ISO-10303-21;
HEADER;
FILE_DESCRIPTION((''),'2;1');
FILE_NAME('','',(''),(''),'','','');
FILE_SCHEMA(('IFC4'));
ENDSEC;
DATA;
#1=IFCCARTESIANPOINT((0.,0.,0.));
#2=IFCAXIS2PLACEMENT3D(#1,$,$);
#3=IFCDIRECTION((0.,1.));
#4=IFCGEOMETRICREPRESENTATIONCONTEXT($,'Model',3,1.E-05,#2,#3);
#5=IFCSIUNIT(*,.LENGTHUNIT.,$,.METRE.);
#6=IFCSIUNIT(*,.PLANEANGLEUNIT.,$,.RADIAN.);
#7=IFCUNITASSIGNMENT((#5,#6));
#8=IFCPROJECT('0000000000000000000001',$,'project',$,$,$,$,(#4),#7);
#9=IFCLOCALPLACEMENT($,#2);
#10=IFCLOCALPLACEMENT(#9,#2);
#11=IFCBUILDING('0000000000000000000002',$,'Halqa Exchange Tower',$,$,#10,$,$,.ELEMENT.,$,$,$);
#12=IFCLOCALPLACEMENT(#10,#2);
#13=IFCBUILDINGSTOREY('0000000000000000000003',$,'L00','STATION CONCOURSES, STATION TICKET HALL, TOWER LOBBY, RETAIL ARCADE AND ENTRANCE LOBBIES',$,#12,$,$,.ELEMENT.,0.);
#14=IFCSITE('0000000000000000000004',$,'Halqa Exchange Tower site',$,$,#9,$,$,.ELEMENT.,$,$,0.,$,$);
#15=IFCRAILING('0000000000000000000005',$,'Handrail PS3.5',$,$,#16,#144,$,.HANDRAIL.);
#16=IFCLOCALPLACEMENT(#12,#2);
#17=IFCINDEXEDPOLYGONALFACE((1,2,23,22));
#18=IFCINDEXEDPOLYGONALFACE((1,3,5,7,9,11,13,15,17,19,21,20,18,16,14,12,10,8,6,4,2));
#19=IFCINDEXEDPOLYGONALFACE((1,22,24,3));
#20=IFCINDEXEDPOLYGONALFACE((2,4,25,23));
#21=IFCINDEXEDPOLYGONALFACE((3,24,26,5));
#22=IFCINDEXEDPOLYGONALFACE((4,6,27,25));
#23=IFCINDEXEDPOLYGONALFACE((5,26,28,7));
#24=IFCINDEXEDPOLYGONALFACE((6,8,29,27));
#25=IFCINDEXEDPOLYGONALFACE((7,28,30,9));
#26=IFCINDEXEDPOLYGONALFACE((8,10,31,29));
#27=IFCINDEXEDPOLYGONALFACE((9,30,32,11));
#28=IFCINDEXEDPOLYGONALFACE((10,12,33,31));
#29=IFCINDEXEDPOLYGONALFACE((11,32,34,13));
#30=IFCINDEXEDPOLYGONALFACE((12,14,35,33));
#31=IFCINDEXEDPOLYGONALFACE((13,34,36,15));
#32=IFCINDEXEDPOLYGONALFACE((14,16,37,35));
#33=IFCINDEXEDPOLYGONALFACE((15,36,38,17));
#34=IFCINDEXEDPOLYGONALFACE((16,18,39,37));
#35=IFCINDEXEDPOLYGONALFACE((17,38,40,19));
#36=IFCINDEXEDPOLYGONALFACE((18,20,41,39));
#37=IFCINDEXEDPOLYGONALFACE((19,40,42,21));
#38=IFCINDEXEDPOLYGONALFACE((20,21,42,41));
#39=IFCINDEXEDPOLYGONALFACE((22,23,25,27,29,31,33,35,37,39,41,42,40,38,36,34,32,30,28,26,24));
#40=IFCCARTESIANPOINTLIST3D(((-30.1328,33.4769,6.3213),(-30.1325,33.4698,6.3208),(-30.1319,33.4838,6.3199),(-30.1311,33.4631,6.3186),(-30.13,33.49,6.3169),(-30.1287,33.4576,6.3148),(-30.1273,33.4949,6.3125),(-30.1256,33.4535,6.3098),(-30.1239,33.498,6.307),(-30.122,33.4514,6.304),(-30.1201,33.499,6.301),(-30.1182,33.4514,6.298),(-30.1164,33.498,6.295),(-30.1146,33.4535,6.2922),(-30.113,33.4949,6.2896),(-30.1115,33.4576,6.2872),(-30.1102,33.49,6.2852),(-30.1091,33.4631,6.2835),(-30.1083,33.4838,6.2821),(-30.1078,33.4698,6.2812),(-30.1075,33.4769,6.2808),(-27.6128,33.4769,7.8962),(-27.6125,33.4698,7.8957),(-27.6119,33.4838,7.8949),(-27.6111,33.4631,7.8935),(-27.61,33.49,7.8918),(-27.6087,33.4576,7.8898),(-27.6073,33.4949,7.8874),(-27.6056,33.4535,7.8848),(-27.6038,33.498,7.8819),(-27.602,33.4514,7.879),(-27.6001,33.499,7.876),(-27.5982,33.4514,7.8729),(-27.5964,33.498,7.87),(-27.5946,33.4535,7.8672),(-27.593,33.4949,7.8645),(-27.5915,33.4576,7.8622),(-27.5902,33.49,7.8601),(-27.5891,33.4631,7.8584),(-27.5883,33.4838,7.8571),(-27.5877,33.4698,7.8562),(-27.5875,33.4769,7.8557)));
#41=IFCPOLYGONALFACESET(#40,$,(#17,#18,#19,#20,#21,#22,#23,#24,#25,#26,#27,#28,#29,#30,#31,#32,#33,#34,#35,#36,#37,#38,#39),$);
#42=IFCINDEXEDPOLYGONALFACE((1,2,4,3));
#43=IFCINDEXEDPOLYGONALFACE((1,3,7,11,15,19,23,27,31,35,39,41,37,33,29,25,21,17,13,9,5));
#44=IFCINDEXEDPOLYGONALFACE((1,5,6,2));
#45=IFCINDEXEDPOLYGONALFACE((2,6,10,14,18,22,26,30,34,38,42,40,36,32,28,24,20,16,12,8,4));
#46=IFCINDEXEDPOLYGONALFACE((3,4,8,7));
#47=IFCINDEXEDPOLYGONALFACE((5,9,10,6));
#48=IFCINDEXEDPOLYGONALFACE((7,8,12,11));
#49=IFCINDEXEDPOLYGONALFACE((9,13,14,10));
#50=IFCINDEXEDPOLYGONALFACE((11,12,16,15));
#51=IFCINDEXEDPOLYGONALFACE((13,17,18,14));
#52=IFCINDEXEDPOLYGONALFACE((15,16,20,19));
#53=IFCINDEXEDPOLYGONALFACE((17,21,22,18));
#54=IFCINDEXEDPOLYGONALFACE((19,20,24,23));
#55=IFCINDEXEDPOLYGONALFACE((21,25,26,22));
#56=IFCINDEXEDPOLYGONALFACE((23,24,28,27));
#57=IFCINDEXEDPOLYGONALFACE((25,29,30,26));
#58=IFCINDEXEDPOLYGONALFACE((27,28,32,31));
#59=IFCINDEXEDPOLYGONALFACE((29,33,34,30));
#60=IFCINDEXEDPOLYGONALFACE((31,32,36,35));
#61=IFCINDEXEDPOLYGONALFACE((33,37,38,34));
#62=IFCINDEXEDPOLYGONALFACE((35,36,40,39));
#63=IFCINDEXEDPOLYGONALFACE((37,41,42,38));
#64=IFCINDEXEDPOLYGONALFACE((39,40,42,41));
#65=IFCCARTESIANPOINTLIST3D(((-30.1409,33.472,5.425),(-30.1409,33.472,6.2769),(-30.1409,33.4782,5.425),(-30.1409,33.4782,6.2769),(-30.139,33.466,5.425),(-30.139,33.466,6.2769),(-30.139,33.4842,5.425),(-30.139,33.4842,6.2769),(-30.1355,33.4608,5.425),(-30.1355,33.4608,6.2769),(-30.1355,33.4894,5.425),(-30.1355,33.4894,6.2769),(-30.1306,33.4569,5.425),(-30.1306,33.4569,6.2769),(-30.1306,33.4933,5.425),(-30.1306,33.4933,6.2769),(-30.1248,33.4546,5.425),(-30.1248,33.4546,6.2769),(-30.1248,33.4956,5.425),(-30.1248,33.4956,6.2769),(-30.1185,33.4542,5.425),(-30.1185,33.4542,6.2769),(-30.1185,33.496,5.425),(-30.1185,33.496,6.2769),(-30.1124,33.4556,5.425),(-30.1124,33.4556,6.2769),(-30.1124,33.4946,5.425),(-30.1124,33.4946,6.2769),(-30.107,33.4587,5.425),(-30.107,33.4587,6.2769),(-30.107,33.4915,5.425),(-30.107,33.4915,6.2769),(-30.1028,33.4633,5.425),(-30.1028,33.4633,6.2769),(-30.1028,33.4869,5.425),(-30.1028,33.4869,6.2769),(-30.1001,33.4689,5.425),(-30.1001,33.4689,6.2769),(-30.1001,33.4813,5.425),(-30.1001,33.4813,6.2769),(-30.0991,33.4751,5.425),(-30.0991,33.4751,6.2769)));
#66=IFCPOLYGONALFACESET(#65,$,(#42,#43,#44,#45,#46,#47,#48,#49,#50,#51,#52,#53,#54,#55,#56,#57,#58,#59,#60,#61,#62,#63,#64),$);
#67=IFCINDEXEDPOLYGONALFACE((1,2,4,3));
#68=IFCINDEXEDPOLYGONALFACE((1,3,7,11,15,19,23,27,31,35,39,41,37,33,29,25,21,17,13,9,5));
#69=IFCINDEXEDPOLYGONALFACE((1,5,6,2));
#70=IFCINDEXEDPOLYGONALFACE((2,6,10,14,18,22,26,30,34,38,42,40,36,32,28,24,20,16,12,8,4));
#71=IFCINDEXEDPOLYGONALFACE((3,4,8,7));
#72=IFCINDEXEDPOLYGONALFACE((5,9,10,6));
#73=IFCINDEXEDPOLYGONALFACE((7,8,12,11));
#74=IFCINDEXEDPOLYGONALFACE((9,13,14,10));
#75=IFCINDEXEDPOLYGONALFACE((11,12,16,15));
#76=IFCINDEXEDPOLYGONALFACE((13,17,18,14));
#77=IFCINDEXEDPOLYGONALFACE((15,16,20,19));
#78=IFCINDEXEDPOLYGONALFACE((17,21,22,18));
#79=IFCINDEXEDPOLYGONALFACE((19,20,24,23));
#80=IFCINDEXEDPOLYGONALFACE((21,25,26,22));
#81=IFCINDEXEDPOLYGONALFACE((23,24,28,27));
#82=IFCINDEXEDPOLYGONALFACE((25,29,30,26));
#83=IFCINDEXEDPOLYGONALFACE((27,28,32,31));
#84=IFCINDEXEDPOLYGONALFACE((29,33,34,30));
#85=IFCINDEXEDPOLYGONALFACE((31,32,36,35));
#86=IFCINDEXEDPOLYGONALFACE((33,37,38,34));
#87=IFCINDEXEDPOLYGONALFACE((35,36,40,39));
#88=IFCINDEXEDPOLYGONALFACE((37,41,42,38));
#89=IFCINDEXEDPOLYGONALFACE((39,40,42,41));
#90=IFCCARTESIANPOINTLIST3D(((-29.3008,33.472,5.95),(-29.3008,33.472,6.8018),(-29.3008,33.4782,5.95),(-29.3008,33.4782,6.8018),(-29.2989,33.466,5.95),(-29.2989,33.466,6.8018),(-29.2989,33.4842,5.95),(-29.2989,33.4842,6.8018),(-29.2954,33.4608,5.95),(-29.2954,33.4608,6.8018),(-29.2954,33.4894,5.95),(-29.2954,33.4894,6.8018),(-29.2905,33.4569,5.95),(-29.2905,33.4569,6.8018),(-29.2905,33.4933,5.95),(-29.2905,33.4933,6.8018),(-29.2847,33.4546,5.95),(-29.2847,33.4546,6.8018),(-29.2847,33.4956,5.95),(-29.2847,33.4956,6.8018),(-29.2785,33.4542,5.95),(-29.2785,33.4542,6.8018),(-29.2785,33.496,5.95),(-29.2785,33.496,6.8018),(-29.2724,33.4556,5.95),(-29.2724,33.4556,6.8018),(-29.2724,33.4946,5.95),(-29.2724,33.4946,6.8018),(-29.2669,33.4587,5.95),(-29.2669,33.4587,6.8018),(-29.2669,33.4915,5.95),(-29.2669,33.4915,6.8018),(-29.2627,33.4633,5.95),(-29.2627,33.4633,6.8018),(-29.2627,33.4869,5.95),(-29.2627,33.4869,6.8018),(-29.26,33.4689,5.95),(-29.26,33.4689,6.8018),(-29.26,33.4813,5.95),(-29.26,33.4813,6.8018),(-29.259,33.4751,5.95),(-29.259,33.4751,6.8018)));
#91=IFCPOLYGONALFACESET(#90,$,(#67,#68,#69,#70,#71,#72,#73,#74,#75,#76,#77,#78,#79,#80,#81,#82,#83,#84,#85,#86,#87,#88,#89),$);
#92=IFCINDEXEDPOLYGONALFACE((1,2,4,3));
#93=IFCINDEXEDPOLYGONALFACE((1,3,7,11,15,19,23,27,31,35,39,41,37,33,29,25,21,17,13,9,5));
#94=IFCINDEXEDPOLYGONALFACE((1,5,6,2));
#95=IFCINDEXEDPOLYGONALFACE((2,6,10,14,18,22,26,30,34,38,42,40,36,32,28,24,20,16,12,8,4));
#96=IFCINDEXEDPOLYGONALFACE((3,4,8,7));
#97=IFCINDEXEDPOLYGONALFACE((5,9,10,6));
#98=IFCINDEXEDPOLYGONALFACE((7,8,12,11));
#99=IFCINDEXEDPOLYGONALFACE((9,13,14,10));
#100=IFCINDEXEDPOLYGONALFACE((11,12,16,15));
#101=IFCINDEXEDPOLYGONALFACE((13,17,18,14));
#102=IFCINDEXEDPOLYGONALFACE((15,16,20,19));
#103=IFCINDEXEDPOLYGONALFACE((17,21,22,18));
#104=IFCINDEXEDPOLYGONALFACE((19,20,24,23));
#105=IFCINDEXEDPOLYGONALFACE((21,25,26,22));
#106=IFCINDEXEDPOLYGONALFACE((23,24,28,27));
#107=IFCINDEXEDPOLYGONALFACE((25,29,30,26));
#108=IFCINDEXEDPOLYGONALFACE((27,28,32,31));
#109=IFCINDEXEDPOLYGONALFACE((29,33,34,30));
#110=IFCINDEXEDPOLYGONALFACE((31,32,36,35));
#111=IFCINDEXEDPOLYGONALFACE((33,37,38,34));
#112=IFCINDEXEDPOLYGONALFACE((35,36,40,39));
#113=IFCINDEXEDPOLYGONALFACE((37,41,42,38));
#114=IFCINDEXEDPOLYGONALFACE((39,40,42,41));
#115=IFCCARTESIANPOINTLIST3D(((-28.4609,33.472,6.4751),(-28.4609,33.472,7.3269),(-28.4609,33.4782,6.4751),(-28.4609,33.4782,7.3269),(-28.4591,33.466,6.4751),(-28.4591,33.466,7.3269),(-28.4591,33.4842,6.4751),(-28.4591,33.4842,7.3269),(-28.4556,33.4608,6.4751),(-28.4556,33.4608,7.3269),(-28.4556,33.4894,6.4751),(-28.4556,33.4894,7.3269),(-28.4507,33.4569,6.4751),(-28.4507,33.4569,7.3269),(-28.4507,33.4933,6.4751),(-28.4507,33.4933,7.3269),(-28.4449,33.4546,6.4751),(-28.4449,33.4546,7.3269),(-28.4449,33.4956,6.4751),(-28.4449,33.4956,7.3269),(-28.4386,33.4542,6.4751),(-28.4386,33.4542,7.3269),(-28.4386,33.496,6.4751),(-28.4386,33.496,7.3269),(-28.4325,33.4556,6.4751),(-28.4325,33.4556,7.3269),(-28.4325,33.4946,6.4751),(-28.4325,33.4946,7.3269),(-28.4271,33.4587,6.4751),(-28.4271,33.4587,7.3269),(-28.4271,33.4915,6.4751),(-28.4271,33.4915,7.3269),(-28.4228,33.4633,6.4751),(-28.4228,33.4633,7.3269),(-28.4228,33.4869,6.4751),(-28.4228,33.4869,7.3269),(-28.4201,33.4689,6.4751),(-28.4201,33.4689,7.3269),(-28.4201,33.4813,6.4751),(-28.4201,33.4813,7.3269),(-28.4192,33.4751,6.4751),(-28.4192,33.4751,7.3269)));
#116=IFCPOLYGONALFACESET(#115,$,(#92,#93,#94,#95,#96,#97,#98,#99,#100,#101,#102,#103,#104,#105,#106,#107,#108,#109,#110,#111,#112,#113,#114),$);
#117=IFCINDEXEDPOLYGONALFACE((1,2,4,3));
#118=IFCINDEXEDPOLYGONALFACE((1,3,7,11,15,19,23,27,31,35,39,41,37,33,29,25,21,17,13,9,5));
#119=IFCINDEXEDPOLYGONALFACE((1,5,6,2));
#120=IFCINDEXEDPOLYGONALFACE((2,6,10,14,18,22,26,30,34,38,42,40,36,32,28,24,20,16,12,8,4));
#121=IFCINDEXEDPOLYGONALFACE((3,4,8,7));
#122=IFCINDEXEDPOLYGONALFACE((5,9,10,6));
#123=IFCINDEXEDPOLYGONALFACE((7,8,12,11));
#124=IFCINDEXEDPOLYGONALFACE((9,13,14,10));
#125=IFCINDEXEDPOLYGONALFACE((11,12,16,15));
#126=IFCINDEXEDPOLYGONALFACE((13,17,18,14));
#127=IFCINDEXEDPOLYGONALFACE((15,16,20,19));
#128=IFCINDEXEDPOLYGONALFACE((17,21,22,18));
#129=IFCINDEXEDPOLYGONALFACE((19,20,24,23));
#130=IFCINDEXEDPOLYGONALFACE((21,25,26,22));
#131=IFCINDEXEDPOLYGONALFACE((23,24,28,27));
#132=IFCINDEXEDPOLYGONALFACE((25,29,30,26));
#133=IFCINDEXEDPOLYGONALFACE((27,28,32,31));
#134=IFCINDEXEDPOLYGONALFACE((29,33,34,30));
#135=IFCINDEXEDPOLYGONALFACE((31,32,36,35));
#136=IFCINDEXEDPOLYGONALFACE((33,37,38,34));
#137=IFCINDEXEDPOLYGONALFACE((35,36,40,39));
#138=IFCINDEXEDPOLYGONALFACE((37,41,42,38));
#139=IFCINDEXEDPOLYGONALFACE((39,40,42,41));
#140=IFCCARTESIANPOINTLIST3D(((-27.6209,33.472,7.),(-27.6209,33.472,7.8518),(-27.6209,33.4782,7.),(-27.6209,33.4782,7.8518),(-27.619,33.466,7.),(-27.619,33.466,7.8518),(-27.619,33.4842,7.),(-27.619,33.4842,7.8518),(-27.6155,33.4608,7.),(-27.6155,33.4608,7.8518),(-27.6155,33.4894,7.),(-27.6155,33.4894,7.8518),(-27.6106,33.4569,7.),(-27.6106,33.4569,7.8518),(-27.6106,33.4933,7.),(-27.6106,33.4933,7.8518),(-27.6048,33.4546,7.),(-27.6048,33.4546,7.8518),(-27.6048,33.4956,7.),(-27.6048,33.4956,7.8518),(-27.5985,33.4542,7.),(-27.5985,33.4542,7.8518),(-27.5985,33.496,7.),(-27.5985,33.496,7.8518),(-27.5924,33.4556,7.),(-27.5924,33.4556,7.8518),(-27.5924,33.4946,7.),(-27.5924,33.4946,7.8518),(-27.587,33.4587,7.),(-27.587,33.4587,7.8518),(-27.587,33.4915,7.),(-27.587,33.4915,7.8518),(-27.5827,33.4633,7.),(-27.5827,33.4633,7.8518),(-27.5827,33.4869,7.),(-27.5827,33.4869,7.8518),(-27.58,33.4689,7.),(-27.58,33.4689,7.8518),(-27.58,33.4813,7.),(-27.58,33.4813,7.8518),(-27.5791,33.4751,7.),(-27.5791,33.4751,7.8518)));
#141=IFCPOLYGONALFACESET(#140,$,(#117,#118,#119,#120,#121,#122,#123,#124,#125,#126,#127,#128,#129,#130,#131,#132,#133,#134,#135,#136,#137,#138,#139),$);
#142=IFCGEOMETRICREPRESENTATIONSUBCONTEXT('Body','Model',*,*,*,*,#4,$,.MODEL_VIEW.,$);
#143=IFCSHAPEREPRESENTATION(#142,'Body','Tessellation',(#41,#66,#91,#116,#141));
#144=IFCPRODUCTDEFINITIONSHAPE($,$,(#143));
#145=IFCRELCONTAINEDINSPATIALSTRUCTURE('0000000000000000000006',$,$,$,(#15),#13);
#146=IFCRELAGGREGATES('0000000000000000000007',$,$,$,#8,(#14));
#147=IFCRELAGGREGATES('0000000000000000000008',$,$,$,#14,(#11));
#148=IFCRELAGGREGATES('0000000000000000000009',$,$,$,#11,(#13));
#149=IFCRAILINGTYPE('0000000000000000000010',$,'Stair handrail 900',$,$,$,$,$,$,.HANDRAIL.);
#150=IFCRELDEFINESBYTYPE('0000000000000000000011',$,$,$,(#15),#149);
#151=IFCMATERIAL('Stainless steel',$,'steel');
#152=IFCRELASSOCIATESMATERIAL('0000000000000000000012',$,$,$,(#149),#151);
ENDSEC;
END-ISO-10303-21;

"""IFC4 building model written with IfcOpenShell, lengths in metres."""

from ifc_helpers import new_model, si_unit, direction, frame, origin, origin_2d, place, context, subcontext, project, spatial, circle, extrude, material, type_object, element, save


model = new_model("IFC4")

# Units and contexts
model_context = context("Model", 3, precision=1e-05, world=origin(), true_north=direction((0.0, 1.0)))
body_context = subcontext(model_context, "Body", "Model", "MODEL_VIEW")
ifc_project = project(units=[si_unit("LENGTHUNIT", "METRE"), si_unit("PLANEANGLEUNIT", "RADIAN")], contexts=[model_context])

# Site, building, storey
site_placement = place(None, origin())
site = spatial("IfcSite", under=ifc_project, at=site_placement, Name="Halqa Exchange Tower site", CompositionType="ELEMENT", RefElevation=0.0)
building_placement = place(site_placement, origin())
building = spatial("IfcBuilding", under=site, at=building_placement, Name="Halqa Exchange Tower", CompositionType="ELEMENT")
storey_placement = place(building_placement, origin())
storey = spatial("IfcBuildingStorey", under=building, at=storey_placement, Name="L00", Description="STATION CONCOURSES, STATION TICKET HALL, TOWER LOBBY, RETAIL ARCADE AND ENTRANCE LOBBIES", CompositionType="ELEMENT", Elevation=0.0)

# Railing
ifc_material_1 = material(Name="Stainless steel", Category="steel")
railing_type = type_object("IfcRailingType", Name="Stair handrail 900", PredefinedType="HANDRAIL", material=ifc_material_1)
for number, where, name in (
    (1, (-30.1201, 33.4751, 5.425), "Handrail PS3.5"),
):
    element("IfcRailing", number, at=place(storey_placement, frame(where)), inside=storey, type_object=railing_type, Name=name, PredefinedType="HANDRAIL", context=body_context, shape_type="SweptSolid", body=[
        extrude(circle(Radius=0.0239, at=origin_2d()), frame((0.0, 0.0, 0.876), z_axis=(0.848008, 0.0, 0.529984), x_axis=(0.0, 1.0, 0.0)), (0.0, 0.0, 1.0), 2.9717),
        extrude(circle(Radius=0.021, at=origin_2d()), origin(), (0.0, 0.0, 1.0), 0.8518),
        extrude(circle(Radius=0.021, at=origin_2d()), frame((0.8401, 0.0, 0.5249)), (0.0, 0.0, 1.0), 0.8518),
        extrude(circle(Radius=0.021, at=origin_2d()), frame((1.6799, 0.0, 1.05)), (0.0, 0.0, 1.0), 0.8518),
        extrude(circle(Radius=0.021, at=origin_2d()), frame((2.52, 0.0, 1.575)), (0.0, 0.0, 1.0), 0.8518),
    ])

save(model, "model.ifc")
